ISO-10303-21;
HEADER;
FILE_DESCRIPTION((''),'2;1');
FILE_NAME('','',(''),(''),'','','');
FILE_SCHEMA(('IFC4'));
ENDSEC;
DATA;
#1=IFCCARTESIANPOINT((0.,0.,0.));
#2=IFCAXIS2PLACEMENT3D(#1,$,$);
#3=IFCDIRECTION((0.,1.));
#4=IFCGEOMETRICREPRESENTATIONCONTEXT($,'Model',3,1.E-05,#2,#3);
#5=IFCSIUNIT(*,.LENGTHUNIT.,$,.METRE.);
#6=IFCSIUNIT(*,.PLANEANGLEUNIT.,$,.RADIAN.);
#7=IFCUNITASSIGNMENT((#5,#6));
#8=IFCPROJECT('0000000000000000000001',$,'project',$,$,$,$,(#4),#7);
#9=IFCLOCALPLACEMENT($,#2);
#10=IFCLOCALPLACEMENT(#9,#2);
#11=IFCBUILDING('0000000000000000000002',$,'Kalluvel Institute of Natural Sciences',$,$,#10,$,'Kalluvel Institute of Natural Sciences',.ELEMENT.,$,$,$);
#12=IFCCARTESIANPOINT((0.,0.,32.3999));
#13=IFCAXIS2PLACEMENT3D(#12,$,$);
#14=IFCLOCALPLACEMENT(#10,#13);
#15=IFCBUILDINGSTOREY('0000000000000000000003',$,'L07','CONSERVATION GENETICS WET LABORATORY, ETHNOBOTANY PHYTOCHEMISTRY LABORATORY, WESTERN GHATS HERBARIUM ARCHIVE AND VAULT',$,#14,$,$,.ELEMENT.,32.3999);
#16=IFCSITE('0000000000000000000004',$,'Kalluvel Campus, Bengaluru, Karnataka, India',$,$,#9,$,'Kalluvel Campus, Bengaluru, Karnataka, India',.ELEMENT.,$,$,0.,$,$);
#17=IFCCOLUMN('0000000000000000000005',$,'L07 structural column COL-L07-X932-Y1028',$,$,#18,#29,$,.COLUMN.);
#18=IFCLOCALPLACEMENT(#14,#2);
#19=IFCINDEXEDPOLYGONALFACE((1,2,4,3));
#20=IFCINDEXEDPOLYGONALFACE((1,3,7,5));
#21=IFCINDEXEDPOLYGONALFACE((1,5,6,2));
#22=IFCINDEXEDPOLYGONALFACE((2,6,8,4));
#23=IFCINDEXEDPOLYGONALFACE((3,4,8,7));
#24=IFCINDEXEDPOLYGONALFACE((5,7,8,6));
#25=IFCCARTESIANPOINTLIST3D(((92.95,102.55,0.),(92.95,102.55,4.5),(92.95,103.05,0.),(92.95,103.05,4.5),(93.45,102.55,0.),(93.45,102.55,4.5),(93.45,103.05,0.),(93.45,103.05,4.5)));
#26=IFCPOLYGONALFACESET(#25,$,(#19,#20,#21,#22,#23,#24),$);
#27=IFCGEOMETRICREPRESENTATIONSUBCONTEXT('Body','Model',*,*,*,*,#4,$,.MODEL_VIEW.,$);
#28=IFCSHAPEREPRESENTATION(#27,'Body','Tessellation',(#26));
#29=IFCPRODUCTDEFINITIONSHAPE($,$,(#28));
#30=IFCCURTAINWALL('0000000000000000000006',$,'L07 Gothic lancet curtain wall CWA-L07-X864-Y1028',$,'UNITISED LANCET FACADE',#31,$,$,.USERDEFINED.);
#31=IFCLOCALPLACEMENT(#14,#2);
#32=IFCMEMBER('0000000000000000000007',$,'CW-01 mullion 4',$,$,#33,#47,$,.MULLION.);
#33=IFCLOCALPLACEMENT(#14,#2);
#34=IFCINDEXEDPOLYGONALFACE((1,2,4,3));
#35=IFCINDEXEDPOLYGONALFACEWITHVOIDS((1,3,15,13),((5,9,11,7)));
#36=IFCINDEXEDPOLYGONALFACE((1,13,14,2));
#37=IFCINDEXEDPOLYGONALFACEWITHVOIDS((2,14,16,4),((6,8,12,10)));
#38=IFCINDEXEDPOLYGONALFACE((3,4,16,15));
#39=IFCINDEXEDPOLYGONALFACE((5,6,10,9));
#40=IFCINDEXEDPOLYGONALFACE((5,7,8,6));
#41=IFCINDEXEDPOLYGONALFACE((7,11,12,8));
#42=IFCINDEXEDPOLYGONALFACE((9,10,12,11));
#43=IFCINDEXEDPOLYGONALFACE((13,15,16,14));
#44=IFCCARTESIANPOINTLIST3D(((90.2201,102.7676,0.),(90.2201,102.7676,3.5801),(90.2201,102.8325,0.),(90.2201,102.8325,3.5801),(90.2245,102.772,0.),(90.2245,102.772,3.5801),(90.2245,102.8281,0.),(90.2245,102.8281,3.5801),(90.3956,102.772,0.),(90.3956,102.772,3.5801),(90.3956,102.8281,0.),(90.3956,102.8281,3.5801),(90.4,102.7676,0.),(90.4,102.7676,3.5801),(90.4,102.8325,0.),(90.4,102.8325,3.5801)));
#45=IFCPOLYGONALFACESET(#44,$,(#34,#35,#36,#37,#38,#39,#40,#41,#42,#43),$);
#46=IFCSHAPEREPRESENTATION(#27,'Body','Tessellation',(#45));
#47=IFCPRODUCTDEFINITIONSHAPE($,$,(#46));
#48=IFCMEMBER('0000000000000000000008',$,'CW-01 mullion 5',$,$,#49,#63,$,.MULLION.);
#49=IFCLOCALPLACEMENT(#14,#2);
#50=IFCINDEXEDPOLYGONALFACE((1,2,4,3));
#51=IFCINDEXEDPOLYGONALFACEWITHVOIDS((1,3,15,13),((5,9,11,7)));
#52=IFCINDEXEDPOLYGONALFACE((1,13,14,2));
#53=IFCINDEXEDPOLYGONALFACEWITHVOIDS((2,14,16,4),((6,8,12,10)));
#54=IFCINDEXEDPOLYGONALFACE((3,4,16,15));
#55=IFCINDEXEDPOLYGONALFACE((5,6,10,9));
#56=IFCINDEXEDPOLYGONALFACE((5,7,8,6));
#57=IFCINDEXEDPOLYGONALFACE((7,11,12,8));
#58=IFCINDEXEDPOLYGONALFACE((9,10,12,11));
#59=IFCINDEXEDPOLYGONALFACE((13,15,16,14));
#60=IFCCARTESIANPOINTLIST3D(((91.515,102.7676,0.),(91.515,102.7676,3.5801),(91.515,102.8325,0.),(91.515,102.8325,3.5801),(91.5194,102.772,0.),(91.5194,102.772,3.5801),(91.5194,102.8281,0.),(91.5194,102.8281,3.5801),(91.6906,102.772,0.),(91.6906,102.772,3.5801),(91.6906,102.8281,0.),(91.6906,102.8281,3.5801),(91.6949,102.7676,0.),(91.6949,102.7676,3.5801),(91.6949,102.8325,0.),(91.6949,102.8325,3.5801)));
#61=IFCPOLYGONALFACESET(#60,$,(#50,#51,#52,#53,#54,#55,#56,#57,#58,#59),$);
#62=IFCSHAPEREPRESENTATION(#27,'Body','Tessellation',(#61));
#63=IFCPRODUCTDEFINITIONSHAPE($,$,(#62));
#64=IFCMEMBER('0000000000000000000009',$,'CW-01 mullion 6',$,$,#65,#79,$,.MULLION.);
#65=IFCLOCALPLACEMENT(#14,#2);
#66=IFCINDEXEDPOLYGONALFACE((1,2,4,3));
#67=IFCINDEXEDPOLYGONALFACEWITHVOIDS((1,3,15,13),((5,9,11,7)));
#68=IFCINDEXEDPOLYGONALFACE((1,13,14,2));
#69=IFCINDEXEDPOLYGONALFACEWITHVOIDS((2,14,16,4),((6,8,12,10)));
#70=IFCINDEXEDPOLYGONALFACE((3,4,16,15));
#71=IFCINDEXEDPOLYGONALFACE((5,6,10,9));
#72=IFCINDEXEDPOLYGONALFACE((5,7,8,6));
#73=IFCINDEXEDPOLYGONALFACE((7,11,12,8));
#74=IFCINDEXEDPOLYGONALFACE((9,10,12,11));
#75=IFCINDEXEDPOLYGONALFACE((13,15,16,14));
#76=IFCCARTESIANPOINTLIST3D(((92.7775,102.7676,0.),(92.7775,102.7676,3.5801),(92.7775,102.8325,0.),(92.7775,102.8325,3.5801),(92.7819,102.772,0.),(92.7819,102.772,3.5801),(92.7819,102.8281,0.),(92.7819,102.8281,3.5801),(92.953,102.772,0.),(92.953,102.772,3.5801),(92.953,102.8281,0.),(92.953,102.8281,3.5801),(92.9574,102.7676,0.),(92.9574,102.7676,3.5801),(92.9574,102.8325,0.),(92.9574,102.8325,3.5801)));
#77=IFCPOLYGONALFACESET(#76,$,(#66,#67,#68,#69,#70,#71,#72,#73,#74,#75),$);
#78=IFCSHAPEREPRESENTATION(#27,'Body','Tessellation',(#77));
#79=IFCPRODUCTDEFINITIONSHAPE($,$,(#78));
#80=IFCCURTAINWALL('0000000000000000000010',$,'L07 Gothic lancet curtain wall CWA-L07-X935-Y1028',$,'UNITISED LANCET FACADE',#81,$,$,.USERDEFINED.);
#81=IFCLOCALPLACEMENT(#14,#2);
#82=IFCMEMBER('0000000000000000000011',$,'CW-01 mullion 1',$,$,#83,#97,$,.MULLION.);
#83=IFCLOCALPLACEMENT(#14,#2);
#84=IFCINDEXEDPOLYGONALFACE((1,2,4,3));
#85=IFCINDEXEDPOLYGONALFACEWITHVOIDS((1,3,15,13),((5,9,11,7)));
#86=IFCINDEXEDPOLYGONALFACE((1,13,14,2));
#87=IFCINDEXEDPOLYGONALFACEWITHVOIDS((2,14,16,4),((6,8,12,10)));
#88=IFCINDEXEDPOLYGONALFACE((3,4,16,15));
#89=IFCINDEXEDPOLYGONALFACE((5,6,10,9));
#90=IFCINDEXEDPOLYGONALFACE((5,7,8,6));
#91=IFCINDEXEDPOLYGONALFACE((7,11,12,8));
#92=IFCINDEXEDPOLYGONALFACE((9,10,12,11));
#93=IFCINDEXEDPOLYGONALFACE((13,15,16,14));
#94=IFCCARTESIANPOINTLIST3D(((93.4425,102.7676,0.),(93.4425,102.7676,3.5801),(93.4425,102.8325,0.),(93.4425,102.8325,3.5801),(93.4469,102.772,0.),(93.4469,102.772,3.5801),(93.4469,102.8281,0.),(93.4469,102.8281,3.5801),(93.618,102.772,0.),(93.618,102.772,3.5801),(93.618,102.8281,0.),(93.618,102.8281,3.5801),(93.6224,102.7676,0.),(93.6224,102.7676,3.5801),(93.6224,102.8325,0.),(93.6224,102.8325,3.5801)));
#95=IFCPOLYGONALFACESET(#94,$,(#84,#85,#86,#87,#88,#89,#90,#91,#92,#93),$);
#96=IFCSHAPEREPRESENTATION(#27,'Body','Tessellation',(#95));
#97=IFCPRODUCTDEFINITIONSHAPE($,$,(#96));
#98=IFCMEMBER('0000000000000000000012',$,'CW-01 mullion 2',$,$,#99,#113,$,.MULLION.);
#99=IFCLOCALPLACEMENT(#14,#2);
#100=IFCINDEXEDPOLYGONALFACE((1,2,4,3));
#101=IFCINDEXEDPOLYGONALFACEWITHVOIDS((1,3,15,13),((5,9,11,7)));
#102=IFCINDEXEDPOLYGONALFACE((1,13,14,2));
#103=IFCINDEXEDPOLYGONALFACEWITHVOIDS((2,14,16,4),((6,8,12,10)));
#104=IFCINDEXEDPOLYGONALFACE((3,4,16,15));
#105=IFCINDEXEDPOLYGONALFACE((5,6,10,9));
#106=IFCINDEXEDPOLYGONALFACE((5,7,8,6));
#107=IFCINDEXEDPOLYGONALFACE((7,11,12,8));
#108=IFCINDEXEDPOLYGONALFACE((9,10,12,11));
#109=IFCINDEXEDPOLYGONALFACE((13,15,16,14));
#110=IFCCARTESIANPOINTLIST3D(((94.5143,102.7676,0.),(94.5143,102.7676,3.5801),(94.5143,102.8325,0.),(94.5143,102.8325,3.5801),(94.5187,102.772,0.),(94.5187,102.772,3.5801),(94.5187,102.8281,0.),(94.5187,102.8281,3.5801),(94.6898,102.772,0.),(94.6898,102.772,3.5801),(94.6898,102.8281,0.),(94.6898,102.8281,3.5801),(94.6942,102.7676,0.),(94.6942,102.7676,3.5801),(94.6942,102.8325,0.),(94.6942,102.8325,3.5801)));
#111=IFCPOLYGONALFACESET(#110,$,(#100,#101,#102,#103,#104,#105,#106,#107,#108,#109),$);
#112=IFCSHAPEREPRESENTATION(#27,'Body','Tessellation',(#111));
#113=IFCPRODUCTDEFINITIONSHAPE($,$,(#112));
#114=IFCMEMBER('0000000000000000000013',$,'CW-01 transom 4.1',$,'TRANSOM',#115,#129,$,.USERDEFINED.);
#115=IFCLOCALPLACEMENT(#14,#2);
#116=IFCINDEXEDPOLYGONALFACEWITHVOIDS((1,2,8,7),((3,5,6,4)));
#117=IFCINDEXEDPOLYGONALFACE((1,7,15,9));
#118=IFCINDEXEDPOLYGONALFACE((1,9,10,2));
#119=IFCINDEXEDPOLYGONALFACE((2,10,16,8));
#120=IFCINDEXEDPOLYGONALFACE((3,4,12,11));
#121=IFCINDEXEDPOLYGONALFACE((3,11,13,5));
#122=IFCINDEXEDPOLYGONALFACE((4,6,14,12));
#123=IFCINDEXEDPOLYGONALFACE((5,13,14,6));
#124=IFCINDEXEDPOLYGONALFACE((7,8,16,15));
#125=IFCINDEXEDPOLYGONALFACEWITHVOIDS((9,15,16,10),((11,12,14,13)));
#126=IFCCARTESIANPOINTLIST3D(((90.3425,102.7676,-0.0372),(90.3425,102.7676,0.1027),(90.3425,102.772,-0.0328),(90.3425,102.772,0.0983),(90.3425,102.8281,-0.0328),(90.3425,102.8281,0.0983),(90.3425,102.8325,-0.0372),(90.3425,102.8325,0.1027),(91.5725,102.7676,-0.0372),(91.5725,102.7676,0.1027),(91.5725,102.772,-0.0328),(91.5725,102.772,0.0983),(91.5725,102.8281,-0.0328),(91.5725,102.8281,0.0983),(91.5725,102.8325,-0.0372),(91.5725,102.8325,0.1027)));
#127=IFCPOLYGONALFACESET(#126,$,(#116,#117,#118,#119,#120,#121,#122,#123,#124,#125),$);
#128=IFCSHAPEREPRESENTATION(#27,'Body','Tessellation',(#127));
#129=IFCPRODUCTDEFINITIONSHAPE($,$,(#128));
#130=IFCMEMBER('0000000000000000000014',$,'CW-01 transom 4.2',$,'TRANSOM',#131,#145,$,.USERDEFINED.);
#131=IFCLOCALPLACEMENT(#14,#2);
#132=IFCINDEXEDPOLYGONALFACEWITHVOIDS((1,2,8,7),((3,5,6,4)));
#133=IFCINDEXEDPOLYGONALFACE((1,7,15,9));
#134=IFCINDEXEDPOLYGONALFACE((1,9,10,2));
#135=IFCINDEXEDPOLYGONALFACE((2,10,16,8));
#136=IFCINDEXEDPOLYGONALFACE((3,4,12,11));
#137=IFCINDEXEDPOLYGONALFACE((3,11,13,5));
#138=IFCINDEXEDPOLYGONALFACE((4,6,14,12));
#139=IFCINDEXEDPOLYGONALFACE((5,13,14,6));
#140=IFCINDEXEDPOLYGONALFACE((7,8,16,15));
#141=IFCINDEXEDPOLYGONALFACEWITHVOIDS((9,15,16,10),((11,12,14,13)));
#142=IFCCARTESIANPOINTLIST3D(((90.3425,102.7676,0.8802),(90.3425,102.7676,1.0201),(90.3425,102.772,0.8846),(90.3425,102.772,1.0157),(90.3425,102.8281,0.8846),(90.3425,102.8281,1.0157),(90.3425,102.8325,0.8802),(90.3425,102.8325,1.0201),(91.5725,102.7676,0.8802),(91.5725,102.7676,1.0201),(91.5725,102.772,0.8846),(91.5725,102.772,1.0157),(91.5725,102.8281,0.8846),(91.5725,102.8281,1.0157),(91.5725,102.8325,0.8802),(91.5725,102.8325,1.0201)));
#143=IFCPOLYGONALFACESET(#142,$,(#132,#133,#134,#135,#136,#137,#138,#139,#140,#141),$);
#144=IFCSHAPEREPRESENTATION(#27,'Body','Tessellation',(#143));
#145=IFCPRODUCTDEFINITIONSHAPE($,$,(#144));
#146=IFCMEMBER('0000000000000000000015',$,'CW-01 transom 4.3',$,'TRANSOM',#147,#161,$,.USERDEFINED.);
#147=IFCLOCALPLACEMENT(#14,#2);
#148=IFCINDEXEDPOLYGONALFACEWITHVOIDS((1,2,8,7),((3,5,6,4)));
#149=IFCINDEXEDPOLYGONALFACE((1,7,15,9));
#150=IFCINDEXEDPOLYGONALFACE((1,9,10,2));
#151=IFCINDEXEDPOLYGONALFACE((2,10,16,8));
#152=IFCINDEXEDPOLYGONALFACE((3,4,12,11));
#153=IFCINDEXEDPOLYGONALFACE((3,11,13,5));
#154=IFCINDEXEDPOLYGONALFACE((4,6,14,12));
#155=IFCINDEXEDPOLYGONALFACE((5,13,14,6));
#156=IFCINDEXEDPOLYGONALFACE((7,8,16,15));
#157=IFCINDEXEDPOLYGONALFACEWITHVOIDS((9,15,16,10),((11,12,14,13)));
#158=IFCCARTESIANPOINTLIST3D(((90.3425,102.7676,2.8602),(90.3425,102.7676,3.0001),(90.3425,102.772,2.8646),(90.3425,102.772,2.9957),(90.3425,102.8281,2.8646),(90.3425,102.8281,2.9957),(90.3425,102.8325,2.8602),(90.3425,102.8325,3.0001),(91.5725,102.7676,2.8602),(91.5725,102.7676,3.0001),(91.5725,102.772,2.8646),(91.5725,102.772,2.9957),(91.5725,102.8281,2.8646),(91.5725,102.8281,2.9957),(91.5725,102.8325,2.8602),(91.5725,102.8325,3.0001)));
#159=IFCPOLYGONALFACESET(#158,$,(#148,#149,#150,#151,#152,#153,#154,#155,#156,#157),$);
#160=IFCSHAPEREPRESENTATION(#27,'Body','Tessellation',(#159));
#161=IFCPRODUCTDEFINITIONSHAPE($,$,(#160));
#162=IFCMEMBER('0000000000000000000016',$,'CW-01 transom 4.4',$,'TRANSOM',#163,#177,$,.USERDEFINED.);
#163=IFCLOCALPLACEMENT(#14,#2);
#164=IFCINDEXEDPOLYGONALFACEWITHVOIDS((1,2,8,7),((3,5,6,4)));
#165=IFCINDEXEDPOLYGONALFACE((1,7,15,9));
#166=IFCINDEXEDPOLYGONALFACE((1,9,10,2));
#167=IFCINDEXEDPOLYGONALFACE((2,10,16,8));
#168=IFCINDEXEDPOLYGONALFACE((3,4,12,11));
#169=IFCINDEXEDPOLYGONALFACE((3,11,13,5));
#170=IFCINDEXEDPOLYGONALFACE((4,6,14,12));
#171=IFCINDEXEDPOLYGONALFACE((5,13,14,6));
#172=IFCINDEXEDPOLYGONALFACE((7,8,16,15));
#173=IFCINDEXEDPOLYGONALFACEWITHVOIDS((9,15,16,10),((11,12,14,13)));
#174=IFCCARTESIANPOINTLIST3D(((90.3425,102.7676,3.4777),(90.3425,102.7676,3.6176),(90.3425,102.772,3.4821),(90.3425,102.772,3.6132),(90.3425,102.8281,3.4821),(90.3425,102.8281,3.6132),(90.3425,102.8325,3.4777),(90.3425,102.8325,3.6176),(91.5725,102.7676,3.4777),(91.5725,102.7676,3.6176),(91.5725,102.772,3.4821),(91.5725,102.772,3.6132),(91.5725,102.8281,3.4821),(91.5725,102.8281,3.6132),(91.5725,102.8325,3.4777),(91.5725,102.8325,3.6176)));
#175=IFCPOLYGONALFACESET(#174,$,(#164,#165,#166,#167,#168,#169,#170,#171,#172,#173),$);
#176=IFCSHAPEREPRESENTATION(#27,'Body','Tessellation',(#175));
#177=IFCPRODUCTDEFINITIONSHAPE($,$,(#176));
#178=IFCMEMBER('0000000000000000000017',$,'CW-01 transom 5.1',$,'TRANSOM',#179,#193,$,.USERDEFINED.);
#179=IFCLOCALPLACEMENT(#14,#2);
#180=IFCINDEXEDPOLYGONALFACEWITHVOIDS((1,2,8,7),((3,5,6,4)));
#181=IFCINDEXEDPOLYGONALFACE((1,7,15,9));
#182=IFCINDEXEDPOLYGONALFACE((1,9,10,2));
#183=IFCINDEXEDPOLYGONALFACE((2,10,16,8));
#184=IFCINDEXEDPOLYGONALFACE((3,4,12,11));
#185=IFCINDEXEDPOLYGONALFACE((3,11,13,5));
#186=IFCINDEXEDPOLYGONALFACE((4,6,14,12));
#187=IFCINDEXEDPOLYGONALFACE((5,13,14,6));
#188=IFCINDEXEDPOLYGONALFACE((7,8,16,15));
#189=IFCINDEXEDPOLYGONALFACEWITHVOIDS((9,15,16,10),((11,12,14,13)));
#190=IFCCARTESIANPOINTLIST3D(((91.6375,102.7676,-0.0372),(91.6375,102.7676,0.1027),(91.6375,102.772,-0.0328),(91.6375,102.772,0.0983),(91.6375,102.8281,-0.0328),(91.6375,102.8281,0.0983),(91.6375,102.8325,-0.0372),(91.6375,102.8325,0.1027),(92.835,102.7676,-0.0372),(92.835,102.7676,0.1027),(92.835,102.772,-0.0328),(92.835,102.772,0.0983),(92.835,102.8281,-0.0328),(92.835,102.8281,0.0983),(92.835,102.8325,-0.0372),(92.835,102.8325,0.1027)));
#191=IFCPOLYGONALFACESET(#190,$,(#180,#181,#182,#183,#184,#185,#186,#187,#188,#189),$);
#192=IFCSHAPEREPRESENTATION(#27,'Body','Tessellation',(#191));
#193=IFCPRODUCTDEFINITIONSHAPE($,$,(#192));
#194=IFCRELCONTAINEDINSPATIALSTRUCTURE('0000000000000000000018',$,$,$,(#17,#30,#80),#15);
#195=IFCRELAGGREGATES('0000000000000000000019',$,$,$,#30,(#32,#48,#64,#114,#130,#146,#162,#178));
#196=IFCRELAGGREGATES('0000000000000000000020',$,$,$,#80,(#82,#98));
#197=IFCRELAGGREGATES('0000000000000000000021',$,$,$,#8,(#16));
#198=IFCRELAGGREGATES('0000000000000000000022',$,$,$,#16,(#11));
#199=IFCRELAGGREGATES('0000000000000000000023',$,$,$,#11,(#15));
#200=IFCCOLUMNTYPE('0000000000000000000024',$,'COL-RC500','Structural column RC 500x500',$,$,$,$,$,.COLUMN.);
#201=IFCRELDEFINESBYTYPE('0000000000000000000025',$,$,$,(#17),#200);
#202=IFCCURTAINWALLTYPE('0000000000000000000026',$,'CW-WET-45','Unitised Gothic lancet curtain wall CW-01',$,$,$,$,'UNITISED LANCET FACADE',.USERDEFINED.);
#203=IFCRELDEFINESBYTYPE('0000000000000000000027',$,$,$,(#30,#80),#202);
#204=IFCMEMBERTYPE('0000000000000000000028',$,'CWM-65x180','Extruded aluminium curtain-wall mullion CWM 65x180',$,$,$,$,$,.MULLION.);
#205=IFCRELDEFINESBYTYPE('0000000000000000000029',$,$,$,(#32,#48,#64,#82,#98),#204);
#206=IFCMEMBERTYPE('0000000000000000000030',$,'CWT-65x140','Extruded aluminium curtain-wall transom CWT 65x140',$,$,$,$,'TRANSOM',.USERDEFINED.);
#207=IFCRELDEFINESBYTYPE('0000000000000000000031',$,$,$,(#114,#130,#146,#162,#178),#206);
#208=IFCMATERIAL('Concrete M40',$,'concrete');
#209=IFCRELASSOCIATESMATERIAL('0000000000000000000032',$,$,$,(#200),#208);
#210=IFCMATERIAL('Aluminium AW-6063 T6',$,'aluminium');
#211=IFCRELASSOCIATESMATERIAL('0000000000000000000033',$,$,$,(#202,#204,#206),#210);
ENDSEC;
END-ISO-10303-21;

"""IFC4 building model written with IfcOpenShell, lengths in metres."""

from ifc_helpers import new_model, si_unit, direction, frame, origin, origin_2d, place, context, subcontext, project, spatial, rectangle, hollow_rectangle, extrude, material, material_profile, profile_set, type_object, element, aggregate, save


model = new_model("IFC4")

# Units and contexts
model_context = context("Model", 3, precision=1e-05, world=origin(), true_north=direction((0.0, 1.0)))
body_context = subcontext(model_context, "Body", "Model", "MODEL_VIEW")
ifc_project = project(units=[si_unit("LENGTHUNIT", "METRE"), si_unit("PLANEANGLEUNIT", "RADIAN")], contexts=[model_context])

# Site, building, storey
site_placement = place(None, origin())
site = spatial("IfcSite", under=ifc_project, at=site_placement, Name="Kalluvel Campus, Bengaluru, Karnataka, India", LongName="Kalluvel Campus, Bengaluru, Karnataka, India", CompositionType="ELEMENT", RefElevation=0.0)
building_placement = place(site_placement, origin())
building = spatial("IfcBuilding", under=site, at=building_placement, Name="Kalluvel Institute of Natural Sciences", LongName="Kalluvel Institute of Natural Sciences", CompositionType="ELEMENT")
storey_placement = place(building_placement, frame((0.0, 0.0, 32.3999)))
storey = spatial("IfcBuildingStorey", under=building, at=storey_placement, Name="L07", Description="CONSERVATION GENETICS WET LABORATORY, ETHNOBOTANY PHYTOCHEMISTRY LABORATORY, WESTERN GHATS HERBARIUM ARCHIVE AND VAULT", CompositionType="ELEMENT", Elevation=32.3999)

# Column
ifc_material_1 = material(Name="Concrete M40", Category="concrete")
ifc_material_profile_1 = material_profile(ifc_material_1, rectangle(XDim=0.5, YDim=0.5, at=origin_2d()), Name="RC 500x500")
ifc_profile_set_1 = profile_set([ifc_material_profile_1], Name="Concrete M40")
column_type = type_object("IfcColumnType", Name="COL-RC500", Description="Structural column RC 500x500", PredefinedType="COLUMN", material=ifc_profile_set_1)
column_placement = place(storey_placement, frame((93.2, 102.8, 0.0), z_axis=(0.0, 0.0, 1.0), x_axis=(1.0, 0.0, 0.0)))
element("IfcColumn", 1, at=column_placement, inside=storey, type_object=column_type, Name="L07 structural column COL-L07-X932-Y1028", PredefinedType="COLUMN", context=body_context, shape_type="SweptSolid", body=[
    extrude(rectangle(XDim=0.5, YDim=0.5, at=origin_2d()), origin(), (0.0, 0.0, 1.0), 4.5),
])

# Curtain walls, members
ifc_material_2 = material(Name="Aluminium AW-6063 T6", Category="aluminium")
curtain_wall_type = type_object("IfcCurtainWallType", Name="CW-WET-45", Description="Unitised Gothic lancet curtain wall CW-01", ElementType="UNITISED LANCET FACADE", PredefinedType="USERDEFINED", material=ifc_material_2)
curtain_wall_1_placement = place(storey_placement, origin())
curtain_wall_1 = element("IfcCurtainWall", 2, at=curtain_wall_1_placement, inside=storey, type_object=curtain_wall_type, Name="L07 Gothic lancet curtain wall CWA-L07-X864-Y1028", ObjectType="UNITISED LANCET FACADE", PredefinedType="USERDEFINED")
ifc_material_profile_2 = material_profile(ifc_material_2, hollow_rectangle(XDim=0.0649, YDim=0.1799, WallThickness=0.0044, at=origin_2d()), Name="CWM 65x180")
ifc_profile_set_2 = profile_set([ifc_material_profile_2], Name="Aluminium AW-6063 T6")
member_type_1 = type_object("IfcMemberType", Name="CWM-65x180", Description="Extruded aluminium curtain-wall mullion CWM 65x180", PredefinedType="MULLION", material=ifc_profile_set_2)
member_1_placement = place(storey_placement, frame((90.3101, 102.8, 0.0), z_axis=(0.0, 0.0, 1.0), x_axis=(0.0, 1.0, 0.0)))
member_1 = element("IfcMember", 3, at=member_1_placement, type_object=member_type_1, Name="CW-01 mullion 4", PredefinedType="MULLION", context=body_context, shape_type="SweptSolid", body=[
    extrude(hollow_rectangle(XDim=0.0649, YDim=0.1799, WallThickness=0.0044, at=origin_2d()), origin(), (0.0, 0.0, 1.0), 3.5801),
])
member_2_placement = place(storey_placement, frame((91.605, 102.8, 0.0), z_axis=(0.0, 0.0, 1.0), x_axis=(0.0, 1.0, 0.0)))
member_2 = element("IfcMember", 4, at=member_2_placement, type_object=member_type_1, Name="CW-01 mullion 5", PredefinedType="MULLION", context=body_context, shape_type="SweptSolid", body=[
    extrude(hollow_rectangle(XDim=0.0649, YDim=0.1799, WallThickness=0.0044, at=origin_2d()), origin(), (0.0, 0.0, 1.0), 3.5801),
])
member_3_placement = place(storey_placement, frame((92.8674, 102.8, 0.0), z_axis=(0.0, 0.0, 1.0), x_axis=(0.0, 1.0, 0.0)))
member_3 = element("IfcMember", 5, at=member_3_placement, type_object=member_type_1, Name="CW-01 mullion 6", PredefinedType="MULLION", context=body_context, shape_type="SweptSolid", body=[
    extrude(hollow_rectangle(XDim=0.0649, YDim=0.1799, WallThickness=0.0044, at=origin_2d()), origin(), (0.0, 0.0, 1.0), 3.5801),
])
curtain_wall_2_placement = place(storey_placement, origin())
curtain_wall_2 = element("IfcCurtainWall", 6, at=curtain_wall_2_placement, inside=storey, type_object=curtain_wall_type, Name="L07 Gothic lancet curtain wall CWA-L07-X935-Y1028", ObjectType="UNITISED LANCET FACADE", PredefinedType="USERDEFINED")
member_4_placement = place(storey_placement, frame((93.5325, 102.8, 0.0), z_axis=(0.0, 0.0, 1.0), x_axis=(0.0, 1.0, 0.0)))
member_4 = element("IfcMember", 7, at=member_4_placement, type_object=member_type_1, Name="CW-01 mullion 1", PredefinedType="MULLION", context=body_context, shape_type="SweptSolid", body=[
    extrude(hollow_rectangle(XDim=0.0649, YDim=0.1799, WallThickness=0.0044, at=origin_2d()), origin(), (0.0, 0.0, 1.0), 3.5801),
])
member_5_placement = place(storey_placement, frame((94.6042, 102.8, 0.0), z_axis=(0.0, 0.0, 1.0), x_axis=(0.0, 1.0, 0.0)))
member_5 = element("IfcMember", 8, at=member_5_placement, type_object=member_type_1, Name="CW-01 mullion 2", PredefinedType="MULLION", context=body_context, shape_type="SweptSolid", body=[
    extrude(hollow_rectangle(XDim=0.0649, YDim=0.1799, WallThickness=0.0044, at=origin_2d()), origin(), (0.0, 0.0, 1.0), 3.5801),
])

# Members
ifc_material_profile_3 = material_profile(ifc_material_2, hollow_rectangle(XDim=0.0649, YDim=0.1399, WallThickness=0.0044, at=origin_2d()), Name="CWT 65x140")
ifc_profile_set_3 = profile_set([ifc_material_profile_3], Name="Aluminium AW-6063 T6")
member_type_2 = type_object("IfcMemberType", Name="CWT-65x140", Description="Extruded aluminium curtain-wall transom CWT 65x140", ElementType="TRANSOM", PredefinedType="USERDEFINED", material=ifc_profile_set_3)
member_6_placement = place(storey_placement, frame((90.3425, 102.8, 0.0327), z_axis=(1.0, 0.0, 0.0), x_axis=(0.0, 1.0, 0.0)))
member_6 = element("IfcMember", 9, at=member_6_placement, type_object=member_type_2, Name="CW-01 transom 4.1", ObjectType="TRANSOM", PredefinedType="USERDEFINED", context=body_context, shape_type="SweptSolid", body=[
    extrude(hollow_rectangle(XDim=0.0649, YDim=0.1399, WallThickness=0.0044, at=origin_2d()), origin(), (0.0, 0.0, 1.0), 1.23),
])
member_7_placement = place(storey_placement, frame((90.3425, 102.8, 0.9502), z_axis=(1.0, 0.0, 0.0), x_axis=(0.0, 1.0, 0.0)))
member_7 = element("IfcMember", 10, at=member_7_placement, type_object=member_type_2, Name="CW-01 transom 4.2", ObjectType="TRANSOM", PredefinedType="USERDEFINED", context=body_context, shape_type="SweptSolid", body=[
    extrude(hollow_rectangle(XDim=0.0649, YDim=0.1399, WallThickness=0.0044, at=origin_2d()), origin(), (0.0, 0.0, 1.0), 1.23),
])
member_8_placement = place(storey_placement, frame((90.3425, 102.8, 2.9302), z_axis=(1.0, 0.0, 0.0), x_axis=(0.0, 1.0, 0.0)))
member_8 = element("IfcMember", 11, at=member_8_placement, type_object=member_type_2, Name="CW-01 transom 4.3", ObjectType="TRANSOM", PredefinedType="USERDEFINED", context=body_context, shape_type="SweptSolid", body=[
    extrude(hollow_rectangle(XDim=0.0649, YDim=0.1399, WallThickness=0.0044, at=origin_2d()), origin(), (0.0, 0.0, 1.0), 1.23),
])
member_9_placement = place(storey_placement, frame((90.3425, 102.8, 3.5476), z_axis=(1.0, 0.0, 0.0), x_axis=(0.0, 1.0, 0.0)))
member_9 = element("IfcMember", 12, at=member_9_placement, type_object=member_type_2, Name="CW-01 transom 4.4", ObjectType="TRANSOM", PredefinedType="USERDEFINED", context=body_context, shape_type="SweptSolid", body=[
    extrude(hollow_rectangle(XDim=0.0649, YDim=0.1399, WallThickness=0.0044, at=origin_2d()), origin(), (0.0, 0.0, 1.0), 1.23),
])
member_10_placement = place(storey_placement, frame((91.6375, 102.8, 0.0327), z_axis=(1.0, 0.0, 0.0), x_axis=(0.0, 1.0, 0.0)))
member_10 = element("IfcMember", 13, at=member_10_placement, type_object=member_type_2, Name="CW-01 transom 5.1", ObjectType="TRANSOM", PredefinedType="USERDEFINED", context=body_context, shape_type="SweptSolid", body=[
    extrude(hollow_rectangle(XDim=0.0649, YDim=0.1399, WallThickness=0.0044, at=origin_2d()), origin(), (0.0, 0.0, 1.0), 1.1975),
])

aggregate(curtain_wall_1, [member_1, member_2, member_3, member_6, member_7, member_8, member_9, member_10])
aggregate(curtain_wall_2, [member_4, member_5])

save(model, "model.ifc")
